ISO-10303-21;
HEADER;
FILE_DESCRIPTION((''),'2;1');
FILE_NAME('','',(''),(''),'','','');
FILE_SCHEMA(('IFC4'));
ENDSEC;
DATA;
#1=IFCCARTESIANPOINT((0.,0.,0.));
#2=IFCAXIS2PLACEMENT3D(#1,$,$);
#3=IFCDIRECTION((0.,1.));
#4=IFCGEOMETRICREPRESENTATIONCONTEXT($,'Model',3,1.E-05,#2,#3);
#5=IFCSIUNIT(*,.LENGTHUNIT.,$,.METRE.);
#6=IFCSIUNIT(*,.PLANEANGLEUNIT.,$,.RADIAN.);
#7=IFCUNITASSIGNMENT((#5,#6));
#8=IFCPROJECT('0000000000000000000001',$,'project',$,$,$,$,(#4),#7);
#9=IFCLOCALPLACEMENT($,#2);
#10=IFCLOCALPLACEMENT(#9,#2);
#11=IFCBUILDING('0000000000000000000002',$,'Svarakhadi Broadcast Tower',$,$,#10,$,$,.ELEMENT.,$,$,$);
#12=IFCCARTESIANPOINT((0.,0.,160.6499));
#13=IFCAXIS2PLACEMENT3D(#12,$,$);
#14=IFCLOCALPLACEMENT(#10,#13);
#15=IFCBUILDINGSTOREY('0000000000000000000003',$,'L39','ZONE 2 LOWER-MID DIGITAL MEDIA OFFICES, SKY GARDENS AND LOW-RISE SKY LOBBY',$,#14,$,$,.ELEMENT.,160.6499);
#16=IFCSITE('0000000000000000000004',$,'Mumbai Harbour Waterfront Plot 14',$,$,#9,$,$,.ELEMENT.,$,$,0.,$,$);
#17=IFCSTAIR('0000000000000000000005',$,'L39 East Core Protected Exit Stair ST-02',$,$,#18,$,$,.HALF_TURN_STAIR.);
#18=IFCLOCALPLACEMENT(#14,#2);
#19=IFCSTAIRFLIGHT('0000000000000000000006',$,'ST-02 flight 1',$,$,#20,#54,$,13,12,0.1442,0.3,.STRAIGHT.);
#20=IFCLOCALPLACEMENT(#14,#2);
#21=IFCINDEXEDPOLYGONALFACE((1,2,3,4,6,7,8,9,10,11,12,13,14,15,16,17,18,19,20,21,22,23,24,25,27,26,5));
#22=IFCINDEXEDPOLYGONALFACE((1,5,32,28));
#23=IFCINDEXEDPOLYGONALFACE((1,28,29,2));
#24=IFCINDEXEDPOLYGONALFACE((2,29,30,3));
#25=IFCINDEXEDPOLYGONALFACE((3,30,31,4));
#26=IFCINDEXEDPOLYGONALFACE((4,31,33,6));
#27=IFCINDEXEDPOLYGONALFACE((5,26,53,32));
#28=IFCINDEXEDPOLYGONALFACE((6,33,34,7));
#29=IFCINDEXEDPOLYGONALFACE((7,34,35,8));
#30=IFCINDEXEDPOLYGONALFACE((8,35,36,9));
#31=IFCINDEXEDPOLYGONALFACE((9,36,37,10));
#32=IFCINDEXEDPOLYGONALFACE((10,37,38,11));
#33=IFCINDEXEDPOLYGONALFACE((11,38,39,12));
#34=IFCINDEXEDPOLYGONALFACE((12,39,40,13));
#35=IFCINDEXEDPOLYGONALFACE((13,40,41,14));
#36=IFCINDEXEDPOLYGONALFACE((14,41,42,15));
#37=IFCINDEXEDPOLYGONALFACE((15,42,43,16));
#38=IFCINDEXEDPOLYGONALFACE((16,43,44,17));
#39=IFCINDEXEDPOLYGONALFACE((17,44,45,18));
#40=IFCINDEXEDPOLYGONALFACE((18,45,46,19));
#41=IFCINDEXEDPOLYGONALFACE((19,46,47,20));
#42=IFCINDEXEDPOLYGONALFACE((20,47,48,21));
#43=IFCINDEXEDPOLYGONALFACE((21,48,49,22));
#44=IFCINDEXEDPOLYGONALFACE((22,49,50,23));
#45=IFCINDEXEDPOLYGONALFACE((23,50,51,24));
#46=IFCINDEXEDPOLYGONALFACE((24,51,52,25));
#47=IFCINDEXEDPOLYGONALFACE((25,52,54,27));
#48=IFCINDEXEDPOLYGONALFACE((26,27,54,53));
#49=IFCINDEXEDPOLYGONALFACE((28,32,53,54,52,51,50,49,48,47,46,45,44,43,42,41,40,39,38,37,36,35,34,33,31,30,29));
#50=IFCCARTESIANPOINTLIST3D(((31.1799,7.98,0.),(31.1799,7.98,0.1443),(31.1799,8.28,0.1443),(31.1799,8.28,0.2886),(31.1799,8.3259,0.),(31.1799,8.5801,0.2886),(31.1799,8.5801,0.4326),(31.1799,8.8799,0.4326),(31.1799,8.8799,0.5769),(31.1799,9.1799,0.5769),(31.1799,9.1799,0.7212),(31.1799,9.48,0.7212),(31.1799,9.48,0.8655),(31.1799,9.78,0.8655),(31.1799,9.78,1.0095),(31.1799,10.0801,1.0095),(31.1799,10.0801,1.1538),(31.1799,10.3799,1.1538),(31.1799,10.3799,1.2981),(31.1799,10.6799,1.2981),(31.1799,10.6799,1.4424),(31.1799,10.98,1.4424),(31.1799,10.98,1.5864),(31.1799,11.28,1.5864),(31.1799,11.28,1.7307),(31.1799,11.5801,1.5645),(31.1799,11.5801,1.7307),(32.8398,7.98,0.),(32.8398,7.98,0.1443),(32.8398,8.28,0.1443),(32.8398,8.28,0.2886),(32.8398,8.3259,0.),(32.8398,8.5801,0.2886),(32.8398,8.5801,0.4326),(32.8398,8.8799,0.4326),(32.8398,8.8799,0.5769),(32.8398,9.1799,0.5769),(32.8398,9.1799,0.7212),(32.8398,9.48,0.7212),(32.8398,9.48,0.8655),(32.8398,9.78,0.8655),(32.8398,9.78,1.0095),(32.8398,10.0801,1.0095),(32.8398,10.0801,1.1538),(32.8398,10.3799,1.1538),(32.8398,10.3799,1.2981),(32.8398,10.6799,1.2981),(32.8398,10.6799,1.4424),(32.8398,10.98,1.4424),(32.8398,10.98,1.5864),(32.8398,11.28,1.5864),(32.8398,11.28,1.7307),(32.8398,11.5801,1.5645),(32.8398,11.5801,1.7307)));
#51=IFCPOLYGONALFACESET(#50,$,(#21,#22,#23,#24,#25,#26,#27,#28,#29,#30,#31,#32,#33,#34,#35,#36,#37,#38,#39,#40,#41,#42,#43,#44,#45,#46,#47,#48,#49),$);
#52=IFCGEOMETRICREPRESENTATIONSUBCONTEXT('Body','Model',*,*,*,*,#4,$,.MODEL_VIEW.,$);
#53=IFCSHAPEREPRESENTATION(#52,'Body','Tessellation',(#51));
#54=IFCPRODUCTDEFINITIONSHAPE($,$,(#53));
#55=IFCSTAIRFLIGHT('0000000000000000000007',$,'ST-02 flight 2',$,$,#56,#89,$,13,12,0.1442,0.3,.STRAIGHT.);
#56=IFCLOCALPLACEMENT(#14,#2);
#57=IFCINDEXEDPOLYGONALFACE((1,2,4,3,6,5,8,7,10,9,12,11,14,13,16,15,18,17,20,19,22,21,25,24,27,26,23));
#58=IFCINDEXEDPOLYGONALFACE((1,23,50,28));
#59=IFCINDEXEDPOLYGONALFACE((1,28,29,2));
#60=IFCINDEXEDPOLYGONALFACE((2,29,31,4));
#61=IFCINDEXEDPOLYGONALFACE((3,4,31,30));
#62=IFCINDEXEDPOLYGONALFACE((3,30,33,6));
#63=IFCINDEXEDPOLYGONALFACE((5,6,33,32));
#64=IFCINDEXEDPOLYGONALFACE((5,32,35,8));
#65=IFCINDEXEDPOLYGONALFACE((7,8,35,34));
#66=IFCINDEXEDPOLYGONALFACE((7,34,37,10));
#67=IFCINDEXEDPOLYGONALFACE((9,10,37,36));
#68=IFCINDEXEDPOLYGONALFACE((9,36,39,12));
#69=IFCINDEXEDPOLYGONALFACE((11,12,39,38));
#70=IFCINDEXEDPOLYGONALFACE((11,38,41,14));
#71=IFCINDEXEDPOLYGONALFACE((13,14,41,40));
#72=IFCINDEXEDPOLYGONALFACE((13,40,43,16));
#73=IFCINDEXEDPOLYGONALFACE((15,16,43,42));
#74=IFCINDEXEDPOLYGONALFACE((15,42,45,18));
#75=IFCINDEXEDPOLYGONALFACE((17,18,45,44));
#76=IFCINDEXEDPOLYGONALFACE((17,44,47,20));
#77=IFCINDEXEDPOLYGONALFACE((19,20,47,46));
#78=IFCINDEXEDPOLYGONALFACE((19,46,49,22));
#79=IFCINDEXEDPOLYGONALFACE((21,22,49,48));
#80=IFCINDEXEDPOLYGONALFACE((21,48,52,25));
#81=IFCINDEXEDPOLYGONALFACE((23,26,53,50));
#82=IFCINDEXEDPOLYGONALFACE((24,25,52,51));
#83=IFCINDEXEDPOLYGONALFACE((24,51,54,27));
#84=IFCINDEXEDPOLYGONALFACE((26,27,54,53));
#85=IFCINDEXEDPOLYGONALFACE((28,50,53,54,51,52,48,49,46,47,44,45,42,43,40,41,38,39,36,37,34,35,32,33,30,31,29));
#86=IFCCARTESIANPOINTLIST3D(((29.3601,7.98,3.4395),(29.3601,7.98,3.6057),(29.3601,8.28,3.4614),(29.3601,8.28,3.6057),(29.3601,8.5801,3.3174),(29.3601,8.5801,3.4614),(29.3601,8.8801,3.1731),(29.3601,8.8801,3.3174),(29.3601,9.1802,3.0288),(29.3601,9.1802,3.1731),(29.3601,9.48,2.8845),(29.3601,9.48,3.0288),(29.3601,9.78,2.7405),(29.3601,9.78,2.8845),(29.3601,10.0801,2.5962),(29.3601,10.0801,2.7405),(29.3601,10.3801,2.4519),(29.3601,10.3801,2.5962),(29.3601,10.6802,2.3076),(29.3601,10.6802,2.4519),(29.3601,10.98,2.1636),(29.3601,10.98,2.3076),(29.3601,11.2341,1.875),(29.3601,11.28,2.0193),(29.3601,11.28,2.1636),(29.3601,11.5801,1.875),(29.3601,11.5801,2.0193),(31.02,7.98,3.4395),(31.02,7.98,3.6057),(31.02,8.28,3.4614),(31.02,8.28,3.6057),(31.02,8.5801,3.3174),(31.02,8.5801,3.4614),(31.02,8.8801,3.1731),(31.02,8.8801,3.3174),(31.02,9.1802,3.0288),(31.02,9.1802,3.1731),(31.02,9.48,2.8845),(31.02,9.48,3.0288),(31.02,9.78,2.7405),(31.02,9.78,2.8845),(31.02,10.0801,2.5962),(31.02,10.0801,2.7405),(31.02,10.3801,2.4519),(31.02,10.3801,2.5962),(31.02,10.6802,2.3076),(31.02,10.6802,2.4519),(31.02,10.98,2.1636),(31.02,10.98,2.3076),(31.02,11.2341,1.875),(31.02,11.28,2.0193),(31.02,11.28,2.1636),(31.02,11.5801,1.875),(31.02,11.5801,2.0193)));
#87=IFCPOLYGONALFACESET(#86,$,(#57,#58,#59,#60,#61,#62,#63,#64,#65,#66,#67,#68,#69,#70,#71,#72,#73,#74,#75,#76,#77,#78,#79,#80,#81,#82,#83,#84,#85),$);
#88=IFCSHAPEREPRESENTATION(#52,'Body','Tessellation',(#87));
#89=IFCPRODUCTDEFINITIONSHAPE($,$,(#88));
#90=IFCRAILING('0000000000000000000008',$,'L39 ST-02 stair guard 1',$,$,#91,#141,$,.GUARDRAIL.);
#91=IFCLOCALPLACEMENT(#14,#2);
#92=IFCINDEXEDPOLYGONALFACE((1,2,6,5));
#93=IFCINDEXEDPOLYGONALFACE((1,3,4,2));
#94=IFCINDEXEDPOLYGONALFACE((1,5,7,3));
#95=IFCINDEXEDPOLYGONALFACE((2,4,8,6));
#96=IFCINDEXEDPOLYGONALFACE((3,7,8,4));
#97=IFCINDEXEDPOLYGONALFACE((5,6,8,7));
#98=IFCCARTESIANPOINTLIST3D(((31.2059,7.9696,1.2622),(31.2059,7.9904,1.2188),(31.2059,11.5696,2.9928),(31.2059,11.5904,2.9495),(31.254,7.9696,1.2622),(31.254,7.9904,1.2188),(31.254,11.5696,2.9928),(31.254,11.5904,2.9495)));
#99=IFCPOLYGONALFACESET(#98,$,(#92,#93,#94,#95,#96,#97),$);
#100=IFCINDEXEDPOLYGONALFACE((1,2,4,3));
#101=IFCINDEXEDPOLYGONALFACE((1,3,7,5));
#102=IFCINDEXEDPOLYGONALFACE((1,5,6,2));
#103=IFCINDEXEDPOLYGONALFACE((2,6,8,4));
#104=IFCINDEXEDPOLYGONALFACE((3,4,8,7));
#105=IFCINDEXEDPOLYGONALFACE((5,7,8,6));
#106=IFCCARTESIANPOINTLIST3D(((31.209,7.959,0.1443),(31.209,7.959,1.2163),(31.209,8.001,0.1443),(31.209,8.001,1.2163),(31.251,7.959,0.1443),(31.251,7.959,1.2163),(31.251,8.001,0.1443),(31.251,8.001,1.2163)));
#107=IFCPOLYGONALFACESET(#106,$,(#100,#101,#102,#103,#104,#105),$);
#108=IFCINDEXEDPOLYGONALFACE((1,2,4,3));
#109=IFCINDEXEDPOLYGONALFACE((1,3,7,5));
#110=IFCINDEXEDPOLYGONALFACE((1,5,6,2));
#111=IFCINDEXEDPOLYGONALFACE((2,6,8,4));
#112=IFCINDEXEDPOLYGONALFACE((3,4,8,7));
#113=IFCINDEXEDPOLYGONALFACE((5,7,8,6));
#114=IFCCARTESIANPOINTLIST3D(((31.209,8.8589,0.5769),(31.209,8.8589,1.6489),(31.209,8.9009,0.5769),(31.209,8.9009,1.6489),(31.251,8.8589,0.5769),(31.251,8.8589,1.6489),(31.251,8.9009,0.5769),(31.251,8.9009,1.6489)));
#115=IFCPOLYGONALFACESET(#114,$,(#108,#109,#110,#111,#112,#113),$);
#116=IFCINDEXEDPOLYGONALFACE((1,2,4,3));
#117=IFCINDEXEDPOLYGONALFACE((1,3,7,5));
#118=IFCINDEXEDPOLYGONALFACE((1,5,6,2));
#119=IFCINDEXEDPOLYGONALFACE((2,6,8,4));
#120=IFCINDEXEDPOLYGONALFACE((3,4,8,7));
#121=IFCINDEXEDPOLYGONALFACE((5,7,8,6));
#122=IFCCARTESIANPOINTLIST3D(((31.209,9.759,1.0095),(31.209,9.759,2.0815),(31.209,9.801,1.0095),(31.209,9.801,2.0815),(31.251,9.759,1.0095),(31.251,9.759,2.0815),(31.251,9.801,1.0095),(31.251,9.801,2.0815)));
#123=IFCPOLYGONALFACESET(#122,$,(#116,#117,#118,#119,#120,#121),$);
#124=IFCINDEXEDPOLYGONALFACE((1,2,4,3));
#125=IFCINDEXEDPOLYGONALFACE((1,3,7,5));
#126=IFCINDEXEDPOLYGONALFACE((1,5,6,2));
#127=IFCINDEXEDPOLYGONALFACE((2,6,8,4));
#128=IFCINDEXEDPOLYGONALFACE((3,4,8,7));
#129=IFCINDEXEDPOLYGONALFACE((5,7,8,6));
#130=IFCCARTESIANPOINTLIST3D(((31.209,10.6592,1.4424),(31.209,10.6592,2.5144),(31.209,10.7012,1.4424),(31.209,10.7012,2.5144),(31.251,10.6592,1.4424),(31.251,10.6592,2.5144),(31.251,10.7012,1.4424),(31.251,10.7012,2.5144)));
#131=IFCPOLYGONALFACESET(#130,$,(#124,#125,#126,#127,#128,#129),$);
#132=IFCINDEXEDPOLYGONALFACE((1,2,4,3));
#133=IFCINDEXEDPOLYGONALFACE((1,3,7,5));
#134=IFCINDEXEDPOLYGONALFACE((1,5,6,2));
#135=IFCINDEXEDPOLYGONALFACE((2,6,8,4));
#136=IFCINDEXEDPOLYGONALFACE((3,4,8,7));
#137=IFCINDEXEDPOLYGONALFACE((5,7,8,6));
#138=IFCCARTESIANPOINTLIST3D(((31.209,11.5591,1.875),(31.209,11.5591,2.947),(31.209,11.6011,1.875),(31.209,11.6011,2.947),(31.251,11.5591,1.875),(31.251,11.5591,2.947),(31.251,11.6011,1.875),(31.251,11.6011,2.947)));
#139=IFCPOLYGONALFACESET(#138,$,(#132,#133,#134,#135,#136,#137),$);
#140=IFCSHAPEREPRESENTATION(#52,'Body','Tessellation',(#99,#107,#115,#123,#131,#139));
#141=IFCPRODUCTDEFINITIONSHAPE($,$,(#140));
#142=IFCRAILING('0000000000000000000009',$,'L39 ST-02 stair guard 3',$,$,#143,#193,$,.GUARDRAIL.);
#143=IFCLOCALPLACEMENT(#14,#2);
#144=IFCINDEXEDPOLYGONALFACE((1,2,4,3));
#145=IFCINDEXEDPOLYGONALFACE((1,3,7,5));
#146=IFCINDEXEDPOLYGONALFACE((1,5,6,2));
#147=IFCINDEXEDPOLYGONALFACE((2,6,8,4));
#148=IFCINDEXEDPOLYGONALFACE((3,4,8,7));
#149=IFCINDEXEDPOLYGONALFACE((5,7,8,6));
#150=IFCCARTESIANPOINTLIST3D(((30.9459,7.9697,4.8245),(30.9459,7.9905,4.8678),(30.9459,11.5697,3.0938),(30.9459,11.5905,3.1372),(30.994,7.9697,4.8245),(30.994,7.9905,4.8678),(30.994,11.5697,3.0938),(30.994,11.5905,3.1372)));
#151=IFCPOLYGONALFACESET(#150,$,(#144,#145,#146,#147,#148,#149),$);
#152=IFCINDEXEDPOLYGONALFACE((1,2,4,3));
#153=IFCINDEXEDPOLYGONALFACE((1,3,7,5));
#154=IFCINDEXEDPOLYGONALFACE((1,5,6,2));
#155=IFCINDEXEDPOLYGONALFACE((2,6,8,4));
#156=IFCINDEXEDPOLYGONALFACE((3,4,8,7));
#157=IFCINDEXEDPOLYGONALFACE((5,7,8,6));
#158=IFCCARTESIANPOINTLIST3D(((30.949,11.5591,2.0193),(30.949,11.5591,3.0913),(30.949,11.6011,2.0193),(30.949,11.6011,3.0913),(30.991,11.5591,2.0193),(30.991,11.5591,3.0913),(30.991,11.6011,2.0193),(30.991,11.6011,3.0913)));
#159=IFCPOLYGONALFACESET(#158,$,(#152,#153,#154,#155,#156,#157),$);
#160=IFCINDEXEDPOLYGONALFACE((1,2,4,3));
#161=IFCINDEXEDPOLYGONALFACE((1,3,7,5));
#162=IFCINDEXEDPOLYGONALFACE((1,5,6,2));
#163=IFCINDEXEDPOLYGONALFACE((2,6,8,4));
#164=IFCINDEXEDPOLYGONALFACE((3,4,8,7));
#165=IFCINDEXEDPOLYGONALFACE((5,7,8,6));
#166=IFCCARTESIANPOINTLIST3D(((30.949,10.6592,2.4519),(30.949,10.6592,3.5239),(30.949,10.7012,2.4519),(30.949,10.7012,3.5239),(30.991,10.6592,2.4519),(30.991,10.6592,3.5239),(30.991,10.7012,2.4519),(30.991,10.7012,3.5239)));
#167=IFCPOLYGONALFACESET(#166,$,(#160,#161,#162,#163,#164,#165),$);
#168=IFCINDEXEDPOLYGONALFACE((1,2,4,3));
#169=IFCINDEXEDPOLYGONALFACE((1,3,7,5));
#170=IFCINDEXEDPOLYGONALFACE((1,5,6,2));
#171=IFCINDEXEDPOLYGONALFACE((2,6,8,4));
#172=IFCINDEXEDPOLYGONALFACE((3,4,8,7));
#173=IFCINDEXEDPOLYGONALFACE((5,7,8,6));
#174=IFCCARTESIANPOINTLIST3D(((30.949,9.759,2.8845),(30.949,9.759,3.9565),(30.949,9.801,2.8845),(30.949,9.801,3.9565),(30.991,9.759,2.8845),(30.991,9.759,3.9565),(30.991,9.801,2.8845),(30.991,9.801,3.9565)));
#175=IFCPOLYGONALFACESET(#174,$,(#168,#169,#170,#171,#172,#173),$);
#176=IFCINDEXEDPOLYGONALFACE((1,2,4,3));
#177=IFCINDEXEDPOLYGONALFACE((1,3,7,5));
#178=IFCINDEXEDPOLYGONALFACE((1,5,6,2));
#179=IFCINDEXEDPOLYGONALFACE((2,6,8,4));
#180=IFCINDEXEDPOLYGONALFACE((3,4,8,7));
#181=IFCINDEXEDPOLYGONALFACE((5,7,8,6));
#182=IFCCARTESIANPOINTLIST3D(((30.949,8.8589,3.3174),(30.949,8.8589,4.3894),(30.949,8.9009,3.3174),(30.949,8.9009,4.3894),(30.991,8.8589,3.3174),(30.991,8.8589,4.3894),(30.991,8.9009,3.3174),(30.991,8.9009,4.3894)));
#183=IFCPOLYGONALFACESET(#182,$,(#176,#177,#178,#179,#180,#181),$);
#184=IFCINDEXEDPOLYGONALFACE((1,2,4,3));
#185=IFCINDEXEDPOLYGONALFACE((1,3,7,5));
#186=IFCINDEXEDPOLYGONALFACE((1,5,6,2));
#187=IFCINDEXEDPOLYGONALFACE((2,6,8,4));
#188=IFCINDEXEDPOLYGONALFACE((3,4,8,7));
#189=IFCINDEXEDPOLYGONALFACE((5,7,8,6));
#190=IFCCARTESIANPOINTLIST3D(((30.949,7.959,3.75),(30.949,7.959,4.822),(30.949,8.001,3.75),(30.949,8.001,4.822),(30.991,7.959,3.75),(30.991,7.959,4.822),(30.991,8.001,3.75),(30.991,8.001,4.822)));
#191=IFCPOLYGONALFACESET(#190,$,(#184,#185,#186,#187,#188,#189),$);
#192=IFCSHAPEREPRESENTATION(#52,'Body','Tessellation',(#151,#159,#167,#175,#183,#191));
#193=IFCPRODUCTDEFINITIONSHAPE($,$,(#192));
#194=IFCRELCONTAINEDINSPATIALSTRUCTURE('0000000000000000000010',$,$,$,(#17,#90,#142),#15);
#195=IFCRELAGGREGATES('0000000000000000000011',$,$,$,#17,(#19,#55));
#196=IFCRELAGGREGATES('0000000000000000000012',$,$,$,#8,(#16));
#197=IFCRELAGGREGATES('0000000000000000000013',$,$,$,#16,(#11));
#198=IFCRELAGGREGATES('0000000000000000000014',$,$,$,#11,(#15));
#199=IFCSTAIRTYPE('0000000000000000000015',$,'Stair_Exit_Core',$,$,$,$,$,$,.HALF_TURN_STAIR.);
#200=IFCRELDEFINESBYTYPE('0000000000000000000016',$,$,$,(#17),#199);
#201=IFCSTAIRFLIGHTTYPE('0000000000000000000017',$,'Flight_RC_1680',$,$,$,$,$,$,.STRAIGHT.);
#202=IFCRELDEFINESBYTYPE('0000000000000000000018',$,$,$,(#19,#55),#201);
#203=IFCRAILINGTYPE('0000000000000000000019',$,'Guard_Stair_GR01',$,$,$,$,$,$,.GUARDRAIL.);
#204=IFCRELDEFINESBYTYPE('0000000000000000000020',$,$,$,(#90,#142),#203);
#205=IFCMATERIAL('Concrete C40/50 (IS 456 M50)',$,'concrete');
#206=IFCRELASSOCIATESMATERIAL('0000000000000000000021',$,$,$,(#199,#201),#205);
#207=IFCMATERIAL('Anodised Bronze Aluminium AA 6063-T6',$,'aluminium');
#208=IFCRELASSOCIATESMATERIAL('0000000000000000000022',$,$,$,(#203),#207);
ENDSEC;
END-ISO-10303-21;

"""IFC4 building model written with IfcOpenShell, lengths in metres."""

from ifc_helpers import new_model, si_unit, direction, frame, origin, origin_2d, place, context, subcontext, project, spatial, polyline, rectangle, outline, extrude, material, type_object, element, aggregate, save


model = new_model("IFC4")

# Units and contexts
model_context = context("Model", 3, precision=1e-05, world=origin(), true_north=direction((0.0, 1.0)))
body_context = subcontext(model_context, "Body", "Model", "MODEL_VIEW")
ifc_project = project(units=[si_unit("LENGTHUNIT", "METRE"), si_unit("PLANEANGLEUNIT", "RADIAN")], contexts=[model_context])

# Site, building, storey
site_placement = place(None, origin())
site = spatial("IfcSite", under=ifc_project, at=site_placement, Name="Mumbai Harbour Waterfront Plot 14", CompositionType="ELEMENT", RefElevation=0.0)
building_placement = place(site_placement, origin())
building = spatial("IfcBuilding", under=site, at=building_placement, Name="Svarakhadi Broadcast Tower", CompositionType="ELEMENT")
storey_placement = place(building_placement, frame((0.0, 0.0, 160.6499)))
storey = spatial("IfcBuildingStorey", under=building, at=storey_placement, Name="L39", Description="ZONE 2 LOWER-MID DIGITAL MEDIA OFFICES, SKY GARDENS AND LOW-RISE SKY LOBBY", CompositionType="ELEMENT", Elevation=160.6499)

# Shared definitions
ifc_material_1 = material(Name="Anodised Bronze Aluminium AA 6063-T6", Category="aluminium")

# Shared definitions
ifc_material_2 = material(Name="Concrete C40/50 (IS 456 M50)", Category="concrete")

# Stair, stair flights
stair_type = type_object("IfcStairType", Name="Stair_Exit_Core", PredefinedType="HALF_TURN_STAIR", material=ifc_material_2)
stair_placement = place(storey_placement, origin())
stair = element("IfcStair", 1, at=stair_placement, inside=storey, type_object=stair_type, Name="L39 East Core Protected Exit Stair ST-02", PredefinedType="HALF_TURN_STAIR")
stair_flight_type = type_object("IfcStairFlightType", Name="Flight_RC_1680", PredefinedType="STRAIGHT", material=ifc_material_2)
stair_flight_1_placement = place(storey_placement, frame((32.01, 7.98, 0.0), z_axis=(0.0, 0.0, 1.0), x_axis=(0.0, 1.0, 0.0)))
stair_flight_1 = element("IfcStairFlight", 2, at=stair_flight_1_placement, type_object=stair_flight_type, Name="ST-02 flight 1", NumberOfRisers=13, NumberOfTreads=12, PredefinedType="STRAIGHT", RiserHeight=0.1442, TreadLength=0.3, context=body_context, shape_type="SweptSolid", body=[
    extrude(outline(polyline([(0.0, 0.0), (0.0, 0.1443), (0.3, 0.1443), (0.3, 0.2886), (0.6001, 0.2886), (0.6001, 0.4326), (0.8999, 0.4326), (0.8999, 0.5769), (1.2, 0.5769), (1.2, 0.7212), (1.5, 0.7212), (1.5, 0.8655), (1.8, 0.8655), (1.8, 1.0095), (2.1001, 1.0095), (2.1001, 1.1538), (2.3999, 1.1538), (2.3999, 1.2981), (2.7, 1.2981), (2.7, 1.4424), (3.0, 1.4424), (3.0, 1.5864), (3.3, 1.5864), (3.3, 1.7307), (3.6001, 1.7307), (3.6001, 1.875), (3.6001, 1.5645), (0.3459, 0.0), (0.0, 0.0)])), frame((0.0, 0.8301, 0.0), z_axis=(0.0, -1.0, 0.0), x_axis=(1.0, 0.0, 0.0)), (0.0, 0.0, 1.0), 1.6599),
])
stair_flight_2_placement = place(storey_placement, frame((30.1899, 11.5801, 1.875), z_axis=(0.0, 0.0, 1.0), x_axis=(0.0, -1.0, 0.0)))
stair_flight_2 = element("IfcStairFlight", 3, at=stair_flight_2_placement, type_object=stair_flight_type, Name="ST-02 flight 2", NumberOfRisers=13, NumberOfTreads=12, PredefinedType="STRAIGHT", RiserHeight=0.1442, TreadLength=0.3, context=body_context, shape_type="SweptSolid", body=[
    extrude(outline(polyline([(0.0, 0.0), (0.0, 0.1443), (0.3, 0.1443), (0.3, 0.2886), (0.6001, 0.2886), (0.6001, 0.4326), (0.8999, 0.4326), (0.8999, 0.5769), (1.2, 0.5769), (1.2, 0.7212), (1.5, 0.7212), (1.5, 0.8655), (1.8, 0.8655), (1.8, 1.0095), (2.1001, 1.0095), (2.1001, 1.1538), (2.3999, 1.1538), (2.3999, 1.2981), (2.7, 1.2981), (2.7, 1.4424), (3.0, 1.4424), (3.0, 1.5864), (3.3, 1.5864), (3.3, 1.7307), (3.6001, 1.7307), (3.6001, 1.875), (3.6001, 1.5645), (0.3459, 0.0), (0.0, 0.0)])), frame((0.0, 0.8301, 0.0), z_axis=(0.0, -1.0, 0.0), x_axis=(1.0, 0.0, 0.0)), (0.0, 0.0, 1.0), 1.6599),
])
aggregate(stair, [stair_flight_1, stair_flight_2])

# Railings
railing_type_1 = type_object("IfcRailingType", Name="Guard_Stair_GR01", PredefinedType="GUARDRAIL", material=ifc_material_1)
railing_1_placement = place(storey_placement, frame((31.23, 7.98, 0.1443)))
element("IfcRailing", 4, at=railing_1_placement, inside=storey, type_object=railing_type_1, Name="L39 ST-02 stair guard 1", PredefinedType="GUARDRAIL", context=body_context, shape_type="SweptSolid", body=[
    extrude(rectangle(XDim=0.0481, YDim=0.0481, at=origin_2d()), frame((0.0, 0.0, 1.0962), z_axis=(0.0, 0.901263, 0.433273), x_axis=(-1.0, 0.0, 0.0)), (0.0, 0.0, 1.0), 3.9944),
    extrude(rectangle(XDim=0.042, YDim=0.042, at=origin_2d()), origin(), (0.0, 0.0, 1.0), 1.072),
    extrude(rectangle(XDim=0.042, YDim=0.042, at=origin_2d()), frame((0.0, 0.8999, 0.4326)), (0.0, 0.0, 1.0), 1.072),
    extrude(rectangle(XDim=0.042, YDim=0.042, at=origin_2d()), frame((0.0, 1.8, 0.8652)), (0.0, 0.0, 1.0), 1.072),
    extrude(rectangle(XDim=0.042, YDim=0.042, at=origin_2d()), frame((0.0, 2.7002, 1.2981)), (0.0, 0.0, 1.0), 1.072),
    extrude(rectangle(XDim=0.042, YDim=0.042, at=origin_2d()), frame((0.0, 3.6001, 1.7307)), (0.0, 0.0, 1.0), 1.072),
])
railing_2_placement = place(storey_placement, frame((30.97, 11.5801, 2.0193)))
element("IfcRailing", 5, at=railing_2_placement, inside=storey, type_object=railing_type_1, Name="L39 ST-02 stair guard 3", PredefinedType="GUARDRAIL", context=body_context, shape_type="SweptSolid", body=[
    extrude(rectangle(XDim=0.0481, YDim=0.0481, at=origin_2d()), frame((0.0, 0.0, 1.0962), z_axis=(0.0, -0.901263, 0.433273), x_axis=(1.0, 0.0, 0.0)), (0.0, 0.0, 1.0), 3.9944),
    extrude(rectangle(XDim=0.042, YDim=0.042, at=origin_2d()), origin(), (0.0, 0.0, 1.0), 1.072),
    extrude(rectangle(XDim=0.042, YDim=0.042, at=origin_2d()), frame((0.0, -0.8999, 0.4326)), (0.0, 0.0, 1.0), 1.072),
    extrude(rectangle(XDim=0.042, YDim=0.042, at=origin_2d()), frame((0.0, -1.8, 0.8652)), (0.0, 0.0, 1.0), 1.072),
    extrude(rectangle(XDim=0.042, YDim=0.042, at=origin_2d()), frame((0.0, -2.7002, 1.2981)), (0.0, 0.0, 1.0), 1.072),
    extrude(rectangle(XDim=0.042, YDim=0.042, at=origin_2d()), frame((0.0, -3.6001, 1.7307)), (0.0, 0.0, 1.0), 1.072),
])

save(model, "model.ifc")
